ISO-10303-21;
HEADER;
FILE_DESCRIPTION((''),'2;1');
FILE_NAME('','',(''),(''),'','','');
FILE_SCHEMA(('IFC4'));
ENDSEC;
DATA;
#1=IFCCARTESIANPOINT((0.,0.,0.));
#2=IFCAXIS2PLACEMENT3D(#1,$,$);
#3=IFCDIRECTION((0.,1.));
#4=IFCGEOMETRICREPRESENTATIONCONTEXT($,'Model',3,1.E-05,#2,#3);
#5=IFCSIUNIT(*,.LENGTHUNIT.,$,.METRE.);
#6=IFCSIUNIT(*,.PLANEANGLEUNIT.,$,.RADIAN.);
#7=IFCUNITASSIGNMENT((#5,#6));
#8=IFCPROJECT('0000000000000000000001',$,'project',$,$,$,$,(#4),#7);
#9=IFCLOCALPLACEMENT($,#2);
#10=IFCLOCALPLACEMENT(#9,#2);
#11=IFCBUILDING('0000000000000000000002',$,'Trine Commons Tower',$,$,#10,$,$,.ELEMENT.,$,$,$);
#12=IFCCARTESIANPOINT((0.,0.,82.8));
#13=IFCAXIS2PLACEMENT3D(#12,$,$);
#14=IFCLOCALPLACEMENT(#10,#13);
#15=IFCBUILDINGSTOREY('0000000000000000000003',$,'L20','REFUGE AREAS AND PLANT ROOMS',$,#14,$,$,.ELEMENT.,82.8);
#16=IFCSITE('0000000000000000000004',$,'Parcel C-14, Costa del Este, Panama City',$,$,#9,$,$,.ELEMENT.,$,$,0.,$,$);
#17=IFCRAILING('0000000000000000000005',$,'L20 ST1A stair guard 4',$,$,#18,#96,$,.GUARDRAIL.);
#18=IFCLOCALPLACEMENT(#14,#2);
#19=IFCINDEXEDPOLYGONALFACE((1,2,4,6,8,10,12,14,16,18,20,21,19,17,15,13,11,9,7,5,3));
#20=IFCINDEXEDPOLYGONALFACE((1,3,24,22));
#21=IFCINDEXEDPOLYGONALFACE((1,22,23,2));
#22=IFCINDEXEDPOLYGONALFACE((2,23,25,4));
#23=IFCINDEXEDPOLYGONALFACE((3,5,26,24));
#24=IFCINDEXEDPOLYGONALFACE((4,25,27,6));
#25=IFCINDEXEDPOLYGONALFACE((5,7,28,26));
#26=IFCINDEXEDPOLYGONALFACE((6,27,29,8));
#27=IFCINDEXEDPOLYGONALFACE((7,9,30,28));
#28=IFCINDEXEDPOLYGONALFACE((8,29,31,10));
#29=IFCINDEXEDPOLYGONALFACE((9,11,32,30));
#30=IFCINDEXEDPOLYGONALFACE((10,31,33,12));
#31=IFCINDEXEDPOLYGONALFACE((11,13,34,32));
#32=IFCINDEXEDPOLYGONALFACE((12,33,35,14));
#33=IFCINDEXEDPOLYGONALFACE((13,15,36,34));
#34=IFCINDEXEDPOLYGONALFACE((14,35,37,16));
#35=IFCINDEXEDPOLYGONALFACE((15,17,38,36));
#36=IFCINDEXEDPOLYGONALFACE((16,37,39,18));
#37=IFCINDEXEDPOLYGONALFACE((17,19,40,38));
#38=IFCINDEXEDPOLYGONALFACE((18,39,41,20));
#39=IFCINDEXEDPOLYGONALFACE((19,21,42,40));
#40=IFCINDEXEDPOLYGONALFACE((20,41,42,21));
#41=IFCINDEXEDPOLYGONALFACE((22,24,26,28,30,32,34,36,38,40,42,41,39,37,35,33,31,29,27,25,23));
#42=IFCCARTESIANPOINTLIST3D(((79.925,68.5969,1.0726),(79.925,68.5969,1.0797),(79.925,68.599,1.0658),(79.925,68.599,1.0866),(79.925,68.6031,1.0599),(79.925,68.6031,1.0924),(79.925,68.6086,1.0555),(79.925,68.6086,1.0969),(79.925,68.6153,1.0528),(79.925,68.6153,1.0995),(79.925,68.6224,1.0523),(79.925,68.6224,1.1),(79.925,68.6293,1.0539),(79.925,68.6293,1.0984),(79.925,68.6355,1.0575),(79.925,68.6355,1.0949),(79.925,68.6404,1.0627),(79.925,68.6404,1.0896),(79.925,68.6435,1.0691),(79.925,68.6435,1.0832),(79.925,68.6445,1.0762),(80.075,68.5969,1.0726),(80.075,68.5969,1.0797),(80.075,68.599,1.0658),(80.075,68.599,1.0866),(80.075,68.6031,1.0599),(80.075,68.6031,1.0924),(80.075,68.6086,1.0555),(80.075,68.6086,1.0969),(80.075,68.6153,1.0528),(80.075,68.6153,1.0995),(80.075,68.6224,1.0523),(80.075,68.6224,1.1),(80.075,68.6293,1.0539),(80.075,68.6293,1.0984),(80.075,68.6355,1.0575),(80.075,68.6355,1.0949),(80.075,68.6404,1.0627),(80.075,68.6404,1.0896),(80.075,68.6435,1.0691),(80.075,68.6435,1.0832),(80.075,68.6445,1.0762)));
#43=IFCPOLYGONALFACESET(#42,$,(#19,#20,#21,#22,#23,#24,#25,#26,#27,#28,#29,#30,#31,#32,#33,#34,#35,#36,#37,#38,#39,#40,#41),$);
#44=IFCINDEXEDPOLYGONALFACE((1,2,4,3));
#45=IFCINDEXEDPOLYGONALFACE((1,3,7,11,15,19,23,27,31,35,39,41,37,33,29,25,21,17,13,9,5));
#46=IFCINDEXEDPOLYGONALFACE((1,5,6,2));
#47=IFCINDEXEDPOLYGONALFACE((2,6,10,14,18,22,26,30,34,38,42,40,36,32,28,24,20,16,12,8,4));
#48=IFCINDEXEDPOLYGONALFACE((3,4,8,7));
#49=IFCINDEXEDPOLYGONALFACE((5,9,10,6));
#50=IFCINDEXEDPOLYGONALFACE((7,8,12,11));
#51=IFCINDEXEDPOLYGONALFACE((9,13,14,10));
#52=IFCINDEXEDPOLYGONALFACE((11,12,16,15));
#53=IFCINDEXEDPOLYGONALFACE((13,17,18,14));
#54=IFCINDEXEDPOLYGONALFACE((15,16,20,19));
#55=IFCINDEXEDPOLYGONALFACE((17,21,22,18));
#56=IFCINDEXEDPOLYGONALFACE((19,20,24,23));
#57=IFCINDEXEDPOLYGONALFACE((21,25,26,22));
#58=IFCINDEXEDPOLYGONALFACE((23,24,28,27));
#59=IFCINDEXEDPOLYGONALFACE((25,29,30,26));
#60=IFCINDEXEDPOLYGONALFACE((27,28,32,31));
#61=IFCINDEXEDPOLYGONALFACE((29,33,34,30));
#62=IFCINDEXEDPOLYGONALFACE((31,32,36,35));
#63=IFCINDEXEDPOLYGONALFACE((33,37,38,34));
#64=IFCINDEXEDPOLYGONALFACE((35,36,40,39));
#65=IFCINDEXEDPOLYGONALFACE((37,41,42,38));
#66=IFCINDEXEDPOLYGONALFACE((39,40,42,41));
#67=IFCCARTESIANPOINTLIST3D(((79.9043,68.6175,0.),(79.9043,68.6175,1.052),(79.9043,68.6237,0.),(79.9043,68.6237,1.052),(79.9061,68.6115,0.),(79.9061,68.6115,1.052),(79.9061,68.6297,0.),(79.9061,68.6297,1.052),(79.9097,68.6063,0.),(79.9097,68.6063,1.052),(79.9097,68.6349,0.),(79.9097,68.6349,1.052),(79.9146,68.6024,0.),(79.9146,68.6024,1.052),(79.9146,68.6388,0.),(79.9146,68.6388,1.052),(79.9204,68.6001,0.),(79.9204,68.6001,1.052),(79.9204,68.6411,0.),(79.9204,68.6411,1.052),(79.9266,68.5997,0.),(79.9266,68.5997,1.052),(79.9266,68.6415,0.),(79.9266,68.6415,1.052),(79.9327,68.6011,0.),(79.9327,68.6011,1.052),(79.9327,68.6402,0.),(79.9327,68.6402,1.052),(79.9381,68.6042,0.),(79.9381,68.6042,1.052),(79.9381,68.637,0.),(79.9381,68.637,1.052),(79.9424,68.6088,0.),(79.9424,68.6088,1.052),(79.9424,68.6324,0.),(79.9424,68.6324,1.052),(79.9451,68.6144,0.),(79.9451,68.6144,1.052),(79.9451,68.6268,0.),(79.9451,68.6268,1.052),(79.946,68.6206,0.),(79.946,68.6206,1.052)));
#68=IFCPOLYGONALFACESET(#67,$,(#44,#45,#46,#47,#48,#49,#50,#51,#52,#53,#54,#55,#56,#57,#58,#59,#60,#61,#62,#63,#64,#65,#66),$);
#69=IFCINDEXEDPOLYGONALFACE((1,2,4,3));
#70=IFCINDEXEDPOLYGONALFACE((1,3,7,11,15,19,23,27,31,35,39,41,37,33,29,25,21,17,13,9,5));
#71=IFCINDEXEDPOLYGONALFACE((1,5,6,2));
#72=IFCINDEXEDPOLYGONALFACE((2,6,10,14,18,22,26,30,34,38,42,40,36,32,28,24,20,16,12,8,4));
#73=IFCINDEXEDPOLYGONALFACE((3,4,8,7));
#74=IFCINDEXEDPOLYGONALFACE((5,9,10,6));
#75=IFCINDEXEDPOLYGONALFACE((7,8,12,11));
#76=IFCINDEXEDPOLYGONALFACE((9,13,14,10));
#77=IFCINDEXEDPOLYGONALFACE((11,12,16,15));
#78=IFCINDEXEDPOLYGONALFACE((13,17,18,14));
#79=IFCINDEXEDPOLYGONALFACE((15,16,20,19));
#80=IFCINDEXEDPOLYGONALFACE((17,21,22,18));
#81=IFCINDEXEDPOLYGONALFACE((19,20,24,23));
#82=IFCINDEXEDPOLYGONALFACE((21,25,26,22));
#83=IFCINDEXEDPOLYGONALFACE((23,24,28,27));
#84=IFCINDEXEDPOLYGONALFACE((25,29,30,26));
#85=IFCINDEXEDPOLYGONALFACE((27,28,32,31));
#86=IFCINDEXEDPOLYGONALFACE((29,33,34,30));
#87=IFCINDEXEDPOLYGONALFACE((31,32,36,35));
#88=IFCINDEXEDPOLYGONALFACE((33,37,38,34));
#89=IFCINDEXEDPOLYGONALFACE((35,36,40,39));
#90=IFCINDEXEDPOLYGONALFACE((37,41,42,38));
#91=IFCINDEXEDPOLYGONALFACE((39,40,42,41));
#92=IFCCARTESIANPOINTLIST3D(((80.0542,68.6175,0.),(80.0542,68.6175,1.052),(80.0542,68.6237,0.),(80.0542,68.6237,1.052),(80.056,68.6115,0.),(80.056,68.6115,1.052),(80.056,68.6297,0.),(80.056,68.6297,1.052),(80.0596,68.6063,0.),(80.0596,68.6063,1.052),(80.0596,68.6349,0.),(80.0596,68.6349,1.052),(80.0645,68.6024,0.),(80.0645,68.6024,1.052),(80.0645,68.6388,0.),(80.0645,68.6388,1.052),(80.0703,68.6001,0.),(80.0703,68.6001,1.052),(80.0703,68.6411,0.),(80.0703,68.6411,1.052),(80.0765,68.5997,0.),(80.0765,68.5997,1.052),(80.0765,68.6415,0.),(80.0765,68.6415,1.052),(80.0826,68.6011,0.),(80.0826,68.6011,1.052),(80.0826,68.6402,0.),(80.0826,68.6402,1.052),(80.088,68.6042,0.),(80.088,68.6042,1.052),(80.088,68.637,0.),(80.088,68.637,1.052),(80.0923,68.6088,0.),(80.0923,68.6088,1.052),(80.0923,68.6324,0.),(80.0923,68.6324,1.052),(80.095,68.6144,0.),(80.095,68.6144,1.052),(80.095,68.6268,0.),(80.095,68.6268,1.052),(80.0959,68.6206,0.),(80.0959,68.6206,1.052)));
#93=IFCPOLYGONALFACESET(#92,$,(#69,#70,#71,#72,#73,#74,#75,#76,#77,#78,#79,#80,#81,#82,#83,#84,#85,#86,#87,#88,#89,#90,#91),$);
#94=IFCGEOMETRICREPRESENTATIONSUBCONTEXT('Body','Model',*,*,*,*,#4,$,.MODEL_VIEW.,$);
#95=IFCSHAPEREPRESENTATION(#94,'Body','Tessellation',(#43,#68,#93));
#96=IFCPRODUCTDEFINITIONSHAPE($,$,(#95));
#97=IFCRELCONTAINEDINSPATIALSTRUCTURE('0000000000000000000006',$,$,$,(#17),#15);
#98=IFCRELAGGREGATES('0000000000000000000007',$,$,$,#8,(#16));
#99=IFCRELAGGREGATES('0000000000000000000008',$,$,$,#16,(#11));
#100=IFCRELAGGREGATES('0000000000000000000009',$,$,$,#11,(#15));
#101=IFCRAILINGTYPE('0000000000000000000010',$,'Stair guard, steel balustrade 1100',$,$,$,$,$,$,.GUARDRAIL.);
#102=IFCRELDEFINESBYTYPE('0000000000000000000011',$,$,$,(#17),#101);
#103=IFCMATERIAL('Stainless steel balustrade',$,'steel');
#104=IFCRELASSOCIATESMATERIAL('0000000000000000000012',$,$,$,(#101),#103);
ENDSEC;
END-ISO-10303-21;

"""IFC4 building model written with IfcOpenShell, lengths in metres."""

from ifc_helpers import new_model, si_unit, direction, frame, origin, origin_2d, place, context, subcontext, project, spatial, circle, extrude, material, type_object, element, save


model = new_model("IFC4")

# Units and contexts
model_context = context("Model", 3, precision=1e-05, world=origin(), true_north=direction((0.0, 1.0)))
body_context = subcontext(model_context, "Body", "Model", "MODEL_VIEW")
ifc_project = project(units=[si_unit("LENGTHUNIT", "METRE"), si_unit("PLANEANGLEUNIT", "RADIAN")], contexts=[model_context])

# Site, building, storey
site_placement = place(None, origin())
site = spatial("IfcSite", under=ifc_project, at=site_placement, Name="Parcel C-14, Costa del Este, Panama City", CompositionType="ELEMENT", RefElevation=0.0)
building_placement = place(site_placement, origin())
building = spatial("IfcBuilding", under=site, at=building_placement, Name="Trine Commons Tower", CompositionType="ELEMENT")
storey_placement = place(building_placement, frame((0.0, 0.0, 82.8)))
storey = spatial("IfcBuildingStorey", under=building, at=storey_placement, Name="L20", Description="REFUGE AREAS AND PLANT ROOMS", CompositionType="ELEMENT", Elevation=82.8)

# Railing
ifc_material_1 = material(Name="Stainless steel balustrade", Category="steel")
railing_type_1 = type_object("IfcRailingType", Name="Stair guard, steel balustrade 1100", PredefinedType="GUARDRAIL", material=ifc_material_1)
railing_1_placement = place(storey_placement, frame((79.925, 68.6206, 0.0)))
element("IfcRailing", 1, at=railing_1_placement, inside=storey, type_object=railing_type_1, Name="L20 ST1A stair guard 4", PredefinedType="GUARDRAIL", context=body_context, shape_type="SweptSolid", body=[
    extrude(circle(Radius=0.0239, at=origin_2d()), frame((0.0, 0.0, 1.0762), z_axis=(1.0, 0.0, 0.0), x_axis=(0.0, 1.0, 0.0)), (0.0, 0.0, 1.0), 0.1499),
    extrude(circle(Radius=0.021, at=origin_2d()), origin(), (0.0, 0.0, 1.0), 1.052),
    extrude(circle(Radius=0.021, at=origin_2d()), frame((0.1499, 0.0, 0.0)), (0.0, 0.0, 1.0), 1.052),
])

save(model, "model.ifc")
